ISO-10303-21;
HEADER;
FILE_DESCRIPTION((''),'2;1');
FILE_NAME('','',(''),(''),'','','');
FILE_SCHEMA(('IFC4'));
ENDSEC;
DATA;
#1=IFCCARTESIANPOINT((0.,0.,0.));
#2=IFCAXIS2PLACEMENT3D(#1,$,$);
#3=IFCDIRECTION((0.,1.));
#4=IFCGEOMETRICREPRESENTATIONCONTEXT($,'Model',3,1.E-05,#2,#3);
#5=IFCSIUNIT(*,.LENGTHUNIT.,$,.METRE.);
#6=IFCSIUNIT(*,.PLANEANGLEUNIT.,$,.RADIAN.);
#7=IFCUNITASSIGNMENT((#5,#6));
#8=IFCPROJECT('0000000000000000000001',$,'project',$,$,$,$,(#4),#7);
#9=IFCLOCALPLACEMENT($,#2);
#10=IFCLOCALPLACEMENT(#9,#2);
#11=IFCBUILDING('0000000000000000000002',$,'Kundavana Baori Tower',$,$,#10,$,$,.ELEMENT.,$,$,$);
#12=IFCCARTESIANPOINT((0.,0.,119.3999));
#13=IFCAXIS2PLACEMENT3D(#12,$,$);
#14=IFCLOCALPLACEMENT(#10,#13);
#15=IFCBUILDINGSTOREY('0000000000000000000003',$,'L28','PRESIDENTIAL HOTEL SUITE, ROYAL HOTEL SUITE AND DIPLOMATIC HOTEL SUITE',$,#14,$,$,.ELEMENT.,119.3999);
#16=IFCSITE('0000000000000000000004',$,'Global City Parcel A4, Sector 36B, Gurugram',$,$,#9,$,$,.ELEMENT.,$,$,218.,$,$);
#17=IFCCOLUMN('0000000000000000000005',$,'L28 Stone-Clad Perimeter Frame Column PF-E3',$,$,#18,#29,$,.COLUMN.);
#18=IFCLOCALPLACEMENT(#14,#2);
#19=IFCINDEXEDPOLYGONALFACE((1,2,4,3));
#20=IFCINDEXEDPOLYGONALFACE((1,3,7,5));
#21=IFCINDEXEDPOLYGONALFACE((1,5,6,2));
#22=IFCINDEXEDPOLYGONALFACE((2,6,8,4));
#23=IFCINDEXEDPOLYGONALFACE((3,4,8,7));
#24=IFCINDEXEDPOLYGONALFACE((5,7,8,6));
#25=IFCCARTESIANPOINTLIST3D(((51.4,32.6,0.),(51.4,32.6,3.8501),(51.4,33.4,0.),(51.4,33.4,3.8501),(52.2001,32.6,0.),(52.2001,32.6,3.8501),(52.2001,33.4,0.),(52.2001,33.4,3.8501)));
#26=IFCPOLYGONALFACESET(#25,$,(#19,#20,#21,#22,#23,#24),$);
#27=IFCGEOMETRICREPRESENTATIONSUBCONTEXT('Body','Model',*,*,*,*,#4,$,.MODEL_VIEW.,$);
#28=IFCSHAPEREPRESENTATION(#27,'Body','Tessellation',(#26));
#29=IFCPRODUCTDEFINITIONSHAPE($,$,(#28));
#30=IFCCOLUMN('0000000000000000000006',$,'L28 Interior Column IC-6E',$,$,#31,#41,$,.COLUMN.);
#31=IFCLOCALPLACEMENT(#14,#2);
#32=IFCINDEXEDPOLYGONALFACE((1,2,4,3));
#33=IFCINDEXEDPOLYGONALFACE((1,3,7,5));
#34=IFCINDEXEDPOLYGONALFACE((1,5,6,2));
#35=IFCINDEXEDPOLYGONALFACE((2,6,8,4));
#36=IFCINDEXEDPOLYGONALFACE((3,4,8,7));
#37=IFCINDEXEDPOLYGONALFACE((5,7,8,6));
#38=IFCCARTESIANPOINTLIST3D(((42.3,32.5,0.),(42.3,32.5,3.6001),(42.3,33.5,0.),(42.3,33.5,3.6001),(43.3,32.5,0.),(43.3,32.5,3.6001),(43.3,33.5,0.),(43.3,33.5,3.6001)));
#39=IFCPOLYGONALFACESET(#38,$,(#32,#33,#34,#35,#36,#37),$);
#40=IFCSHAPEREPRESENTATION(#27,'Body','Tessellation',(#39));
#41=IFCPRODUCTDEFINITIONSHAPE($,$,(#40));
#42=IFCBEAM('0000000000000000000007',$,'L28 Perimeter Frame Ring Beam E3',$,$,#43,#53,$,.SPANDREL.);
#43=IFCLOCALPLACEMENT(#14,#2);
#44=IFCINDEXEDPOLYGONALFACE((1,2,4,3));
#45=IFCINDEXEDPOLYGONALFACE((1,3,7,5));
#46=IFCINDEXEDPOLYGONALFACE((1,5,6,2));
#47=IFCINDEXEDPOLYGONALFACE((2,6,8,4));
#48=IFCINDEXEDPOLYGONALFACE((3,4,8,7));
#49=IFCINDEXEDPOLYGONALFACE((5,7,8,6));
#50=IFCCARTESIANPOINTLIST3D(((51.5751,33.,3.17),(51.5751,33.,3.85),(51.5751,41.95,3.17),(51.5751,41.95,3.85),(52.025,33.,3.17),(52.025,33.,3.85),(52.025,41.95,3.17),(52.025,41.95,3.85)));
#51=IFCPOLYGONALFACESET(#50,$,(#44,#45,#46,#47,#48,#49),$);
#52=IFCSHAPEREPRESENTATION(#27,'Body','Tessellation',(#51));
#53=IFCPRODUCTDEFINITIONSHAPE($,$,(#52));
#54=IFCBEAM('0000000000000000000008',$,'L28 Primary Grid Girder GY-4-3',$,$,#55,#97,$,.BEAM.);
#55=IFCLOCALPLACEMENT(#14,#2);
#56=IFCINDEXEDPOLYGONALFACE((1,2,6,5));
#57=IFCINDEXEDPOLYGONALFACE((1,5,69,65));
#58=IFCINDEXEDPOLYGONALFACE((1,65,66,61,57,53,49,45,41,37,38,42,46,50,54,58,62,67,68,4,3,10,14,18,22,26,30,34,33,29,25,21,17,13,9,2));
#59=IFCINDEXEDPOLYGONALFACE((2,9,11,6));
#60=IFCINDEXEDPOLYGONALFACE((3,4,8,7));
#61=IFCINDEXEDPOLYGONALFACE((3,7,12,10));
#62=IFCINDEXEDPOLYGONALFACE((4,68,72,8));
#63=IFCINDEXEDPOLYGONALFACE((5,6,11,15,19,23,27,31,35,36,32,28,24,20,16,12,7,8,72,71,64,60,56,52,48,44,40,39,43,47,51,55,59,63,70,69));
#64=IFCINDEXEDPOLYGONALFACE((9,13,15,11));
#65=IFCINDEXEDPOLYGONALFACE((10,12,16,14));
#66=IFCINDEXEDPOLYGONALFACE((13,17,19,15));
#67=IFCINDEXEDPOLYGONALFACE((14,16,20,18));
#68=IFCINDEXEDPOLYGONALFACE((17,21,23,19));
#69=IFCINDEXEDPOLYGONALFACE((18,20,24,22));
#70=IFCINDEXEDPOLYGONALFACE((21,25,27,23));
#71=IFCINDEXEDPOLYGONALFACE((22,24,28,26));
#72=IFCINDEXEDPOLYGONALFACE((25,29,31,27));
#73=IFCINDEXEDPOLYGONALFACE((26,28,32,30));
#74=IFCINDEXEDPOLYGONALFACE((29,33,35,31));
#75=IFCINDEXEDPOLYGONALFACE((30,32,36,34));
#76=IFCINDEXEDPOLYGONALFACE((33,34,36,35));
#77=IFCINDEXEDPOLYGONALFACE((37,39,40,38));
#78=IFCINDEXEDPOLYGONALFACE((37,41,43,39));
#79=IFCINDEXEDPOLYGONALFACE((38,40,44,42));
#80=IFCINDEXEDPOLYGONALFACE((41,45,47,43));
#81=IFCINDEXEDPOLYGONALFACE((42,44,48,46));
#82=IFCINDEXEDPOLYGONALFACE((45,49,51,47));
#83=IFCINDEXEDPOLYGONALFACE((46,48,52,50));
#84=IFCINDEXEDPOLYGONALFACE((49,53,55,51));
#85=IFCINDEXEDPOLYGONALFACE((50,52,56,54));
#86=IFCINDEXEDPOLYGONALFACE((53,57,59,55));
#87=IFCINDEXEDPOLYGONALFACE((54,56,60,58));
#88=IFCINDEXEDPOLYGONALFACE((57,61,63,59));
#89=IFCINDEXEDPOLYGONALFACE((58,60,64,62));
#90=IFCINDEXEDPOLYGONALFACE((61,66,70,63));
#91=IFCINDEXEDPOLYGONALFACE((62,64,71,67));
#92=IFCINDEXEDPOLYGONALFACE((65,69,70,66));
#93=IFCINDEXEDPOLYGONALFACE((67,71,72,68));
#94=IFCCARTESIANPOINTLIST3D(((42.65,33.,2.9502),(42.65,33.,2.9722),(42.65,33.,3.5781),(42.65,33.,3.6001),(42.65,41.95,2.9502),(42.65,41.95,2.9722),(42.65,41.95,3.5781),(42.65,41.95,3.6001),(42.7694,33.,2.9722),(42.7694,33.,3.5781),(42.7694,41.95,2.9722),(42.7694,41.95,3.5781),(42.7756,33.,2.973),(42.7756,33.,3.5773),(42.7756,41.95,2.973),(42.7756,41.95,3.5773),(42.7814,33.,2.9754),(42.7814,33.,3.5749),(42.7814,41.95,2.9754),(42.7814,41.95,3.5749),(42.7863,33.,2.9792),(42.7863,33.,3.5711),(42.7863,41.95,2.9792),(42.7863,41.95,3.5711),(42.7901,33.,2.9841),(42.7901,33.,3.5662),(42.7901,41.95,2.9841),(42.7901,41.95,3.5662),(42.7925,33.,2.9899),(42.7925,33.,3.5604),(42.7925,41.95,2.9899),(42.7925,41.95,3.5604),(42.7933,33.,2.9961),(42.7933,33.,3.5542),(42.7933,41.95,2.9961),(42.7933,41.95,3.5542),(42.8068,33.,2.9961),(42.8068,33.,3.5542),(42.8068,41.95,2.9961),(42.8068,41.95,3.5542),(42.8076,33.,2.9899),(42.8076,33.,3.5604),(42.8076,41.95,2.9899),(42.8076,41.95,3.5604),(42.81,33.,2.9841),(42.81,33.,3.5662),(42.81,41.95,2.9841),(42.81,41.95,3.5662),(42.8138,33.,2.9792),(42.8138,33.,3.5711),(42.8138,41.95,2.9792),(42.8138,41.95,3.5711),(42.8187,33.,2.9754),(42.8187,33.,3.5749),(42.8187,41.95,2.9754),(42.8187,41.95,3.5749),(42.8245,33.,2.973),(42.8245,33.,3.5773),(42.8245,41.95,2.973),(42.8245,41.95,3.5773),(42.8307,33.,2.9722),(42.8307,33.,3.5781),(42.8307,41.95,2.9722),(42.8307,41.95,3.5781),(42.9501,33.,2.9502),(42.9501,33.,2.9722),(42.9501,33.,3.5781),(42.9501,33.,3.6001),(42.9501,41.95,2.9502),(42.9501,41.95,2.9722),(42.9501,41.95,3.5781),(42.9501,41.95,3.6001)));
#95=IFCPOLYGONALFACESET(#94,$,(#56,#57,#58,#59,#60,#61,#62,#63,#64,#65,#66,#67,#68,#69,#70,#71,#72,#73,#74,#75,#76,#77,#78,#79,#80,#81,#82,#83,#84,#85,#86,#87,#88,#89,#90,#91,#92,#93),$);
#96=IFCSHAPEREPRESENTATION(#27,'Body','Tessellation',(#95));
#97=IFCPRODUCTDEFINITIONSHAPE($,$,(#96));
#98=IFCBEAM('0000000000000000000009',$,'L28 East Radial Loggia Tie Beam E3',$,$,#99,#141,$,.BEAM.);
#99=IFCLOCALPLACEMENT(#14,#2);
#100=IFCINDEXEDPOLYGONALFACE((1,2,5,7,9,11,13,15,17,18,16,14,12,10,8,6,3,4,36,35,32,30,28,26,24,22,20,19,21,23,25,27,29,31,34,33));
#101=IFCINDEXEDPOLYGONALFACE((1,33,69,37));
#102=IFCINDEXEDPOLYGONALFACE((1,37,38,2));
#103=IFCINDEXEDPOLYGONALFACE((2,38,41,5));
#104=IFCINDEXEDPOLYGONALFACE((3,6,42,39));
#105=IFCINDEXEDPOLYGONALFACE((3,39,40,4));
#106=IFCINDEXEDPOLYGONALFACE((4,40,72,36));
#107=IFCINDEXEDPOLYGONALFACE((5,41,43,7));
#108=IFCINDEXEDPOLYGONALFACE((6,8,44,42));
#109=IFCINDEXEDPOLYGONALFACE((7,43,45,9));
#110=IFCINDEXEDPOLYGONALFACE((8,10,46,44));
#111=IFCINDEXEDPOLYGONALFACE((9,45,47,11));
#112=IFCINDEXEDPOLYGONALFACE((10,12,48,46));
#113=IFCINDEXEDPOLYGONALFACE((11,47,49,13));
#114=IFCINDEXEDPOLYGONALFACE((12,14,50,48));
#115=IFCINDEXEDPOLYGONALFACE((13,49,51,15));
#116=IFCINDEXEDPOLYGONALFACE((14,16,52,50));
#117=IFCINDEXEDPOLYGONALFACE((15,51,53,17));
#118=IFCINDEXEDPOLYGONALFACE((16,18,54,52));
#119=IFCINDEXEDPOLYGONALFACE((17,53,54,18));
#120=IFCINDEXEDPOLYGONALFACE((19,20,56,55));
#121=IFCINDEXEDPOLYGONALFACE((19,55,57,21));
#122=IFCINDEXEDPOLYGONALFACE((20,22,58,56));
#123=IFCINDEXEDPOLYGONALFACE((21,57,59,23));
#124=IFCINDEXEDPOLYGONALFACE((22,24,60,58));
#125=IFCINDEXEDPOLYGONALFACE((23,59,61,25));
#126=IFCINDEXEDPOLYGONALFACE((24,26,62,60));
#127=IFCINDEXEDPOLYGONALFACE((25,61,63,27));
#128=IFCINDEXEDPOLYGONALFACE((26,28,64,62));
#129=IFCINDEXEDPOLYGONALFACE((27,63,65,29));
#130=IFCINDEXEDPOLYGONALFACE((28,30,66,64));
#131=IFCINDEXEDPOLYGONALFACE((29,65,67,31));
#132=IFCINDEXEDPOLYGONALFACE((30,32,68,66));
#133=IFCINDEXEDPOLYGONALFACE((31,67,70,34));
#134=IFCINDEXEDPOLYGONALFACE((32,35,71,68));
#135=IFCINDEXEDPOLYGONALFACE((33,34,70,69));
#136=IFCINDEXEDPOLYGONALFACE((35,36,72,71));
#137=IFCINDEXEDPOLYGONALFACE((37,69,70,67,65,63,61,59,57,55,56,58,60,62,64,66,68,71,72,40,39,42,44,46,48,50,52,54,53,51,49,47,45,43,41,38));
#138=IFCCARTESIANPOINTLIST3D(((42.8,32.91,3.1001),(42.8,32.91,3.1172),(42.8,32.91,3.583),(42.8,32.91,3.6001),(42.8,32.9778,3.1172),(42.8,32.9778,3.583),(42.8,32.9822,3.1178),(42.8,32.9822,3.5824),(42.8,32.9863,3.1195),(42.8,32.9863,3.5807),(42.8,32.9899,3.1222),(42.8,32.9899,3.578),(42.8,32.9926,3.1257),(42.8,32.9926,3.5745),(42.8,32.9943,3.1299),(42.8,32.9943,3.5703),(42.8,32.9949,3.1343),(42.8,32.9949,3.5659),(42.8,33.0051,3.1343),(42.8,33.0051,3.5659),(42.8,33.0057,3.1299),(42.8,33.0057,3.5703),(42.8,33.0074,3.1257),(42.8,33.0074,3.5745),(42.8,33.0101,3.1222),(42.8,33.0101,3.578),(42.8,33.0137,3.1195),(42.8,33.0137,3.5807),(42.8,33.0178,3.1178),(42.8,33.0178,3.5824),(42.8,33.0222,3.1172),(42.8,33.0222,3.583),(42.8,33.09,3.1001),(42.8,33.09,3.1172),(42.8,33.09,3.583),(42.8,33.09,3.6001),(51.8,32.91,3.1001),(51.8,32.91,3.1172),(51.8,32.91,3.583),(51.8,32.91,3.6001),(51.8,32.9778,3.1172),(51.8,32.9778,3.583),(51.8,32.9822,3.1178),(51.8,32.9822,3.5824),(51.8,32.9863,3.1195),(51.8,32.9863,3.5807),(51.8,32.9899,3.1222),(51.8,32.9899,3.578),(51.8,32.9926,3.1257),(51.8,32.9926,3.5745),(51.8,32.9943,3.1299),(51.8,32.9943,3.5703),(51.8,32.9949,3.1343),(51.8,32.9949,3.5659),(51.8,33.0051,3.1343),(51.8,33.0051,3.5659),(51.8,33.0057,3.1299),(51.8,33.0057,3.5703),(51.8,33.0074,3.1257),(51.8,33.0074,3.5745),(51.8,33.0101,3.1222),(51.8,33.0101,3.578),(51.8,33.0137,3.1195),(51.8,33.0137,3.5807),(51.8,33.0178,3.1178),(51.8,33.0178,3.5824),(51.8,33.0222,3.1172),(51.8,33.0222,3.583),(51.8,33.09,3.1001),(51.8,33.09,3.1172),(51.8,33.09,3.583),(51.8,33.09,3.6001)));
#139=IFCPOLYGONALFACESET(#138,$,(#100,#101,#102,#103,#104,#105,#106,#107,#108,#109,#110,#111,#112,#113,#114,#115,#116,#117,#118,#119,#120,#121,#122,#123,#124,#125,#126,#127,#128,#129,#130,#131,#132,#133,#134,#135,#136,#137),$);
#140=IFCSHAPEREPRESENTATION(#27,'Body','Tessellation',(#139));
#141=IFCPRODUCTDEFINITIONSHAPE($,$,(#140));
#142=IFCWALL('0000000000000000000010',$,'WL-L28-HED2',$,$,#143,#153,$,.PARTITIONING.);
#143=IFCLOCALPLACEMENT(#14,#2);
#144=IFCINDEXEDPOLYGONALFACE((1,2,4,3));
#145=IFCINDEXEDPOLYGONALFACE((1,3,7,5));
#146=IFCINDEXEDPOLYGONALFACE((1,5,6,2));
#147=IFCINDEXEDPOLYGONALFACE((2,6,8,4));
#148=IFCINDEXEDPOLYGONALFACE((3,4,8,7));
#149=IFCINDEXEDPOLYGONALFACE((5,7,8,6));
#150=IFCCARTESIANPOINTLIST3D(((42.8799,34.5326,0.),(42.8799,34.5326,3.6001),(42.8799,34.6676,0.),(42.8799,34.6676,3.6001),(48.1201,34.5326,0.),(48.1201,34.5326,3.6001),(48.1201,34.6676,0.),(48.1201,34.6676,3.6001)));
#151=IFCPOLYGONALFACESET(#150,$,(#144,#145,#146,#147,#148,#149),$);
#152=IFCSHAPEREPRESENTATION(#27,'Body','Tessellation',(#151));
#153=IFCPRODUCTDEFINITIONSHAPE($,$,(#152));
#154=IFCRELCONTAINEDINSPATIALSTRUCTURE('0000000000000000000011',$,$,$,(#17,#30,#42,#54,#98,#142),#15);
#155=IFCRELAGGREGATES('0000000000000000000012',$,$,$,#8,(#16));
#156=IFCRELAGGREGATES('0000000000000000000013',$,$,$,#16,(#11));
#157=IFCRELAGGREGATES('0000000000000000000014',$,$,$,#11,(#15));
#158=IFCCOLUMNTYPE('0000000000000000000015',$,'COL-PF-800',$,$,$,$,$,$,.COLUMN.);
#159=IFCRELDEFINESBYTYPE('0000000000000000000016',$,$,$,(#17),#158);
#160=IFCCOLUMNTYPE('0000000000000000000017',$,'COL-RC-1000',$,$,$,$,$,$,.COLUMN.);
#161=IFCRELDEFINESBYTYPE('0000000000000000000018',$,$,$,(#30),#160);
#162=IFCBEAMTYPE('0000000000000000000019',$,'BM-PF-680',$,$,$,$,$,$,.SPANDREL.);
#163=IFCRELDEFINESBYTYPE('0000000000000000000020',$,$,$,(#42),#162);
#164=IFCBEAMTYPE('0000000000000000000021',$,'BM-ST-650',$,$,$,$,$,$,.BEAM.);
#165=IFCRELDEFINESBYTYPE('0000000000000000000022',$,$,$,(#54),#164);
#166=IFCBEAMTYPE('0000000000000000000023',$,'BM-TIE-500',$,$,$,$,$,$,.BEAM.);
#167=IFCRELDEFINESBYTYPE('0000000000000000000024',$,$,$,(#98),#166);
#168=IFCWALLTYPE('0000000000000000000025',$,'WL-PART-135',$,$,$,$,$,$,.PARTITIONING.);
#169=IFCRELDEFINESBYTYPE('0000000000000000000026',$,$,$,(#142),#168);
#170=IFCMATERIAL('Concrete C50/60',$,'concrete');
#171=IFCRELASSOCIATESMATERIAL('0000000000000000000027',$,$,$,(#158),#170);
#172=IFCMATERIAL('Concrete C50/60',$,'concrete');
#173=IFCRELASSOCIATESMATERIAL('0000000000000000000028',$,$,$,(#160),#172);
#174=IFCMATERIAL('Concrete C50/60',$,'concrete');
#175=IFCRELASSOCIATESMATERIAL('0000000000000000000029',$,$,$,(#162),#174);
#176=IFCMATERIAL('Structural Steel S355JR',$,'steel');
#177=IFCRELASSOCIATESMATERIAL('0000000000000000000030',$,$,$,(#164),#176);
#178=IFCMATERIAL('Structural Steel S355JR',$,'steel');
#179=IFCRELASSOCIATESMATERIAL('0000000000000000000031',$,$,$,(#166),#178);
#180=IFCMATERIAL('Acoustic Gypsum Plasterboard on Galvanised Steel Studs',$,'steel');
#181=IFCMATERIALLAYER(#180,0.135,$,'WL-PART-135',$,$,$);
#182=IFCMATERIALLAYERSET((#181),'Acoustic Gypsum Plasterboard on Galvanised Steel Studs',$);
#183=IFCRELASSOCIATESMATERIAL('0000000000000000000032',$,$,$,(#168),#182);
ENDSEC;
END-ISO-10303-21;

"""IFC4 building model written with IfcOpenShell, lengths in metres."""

from ifc_helpers import new_model, si_unit, direction, frame, frame_2d, origin, origin_2d, place, context, subcontext, project, spatial, rectangle, i_section, extrude, material, layer, layer_set, material_profile, profile_set, type_object, element, save


model = new_model("IFC4")

# Units and contexts
model_context = context("Model", 3, precision=1e-05, world=origin(), true_north=direction((0.0, 1.0)))
body_context = subcontext(model_context, "Body", "Model", "MODEL_VIEW")
ifc_project = project(units=[si_unit("LENGTHUNIT", "METRE"), si_unit("PLANEANGLEUNIT", "RADIAN")], contexts=[model_context])

# Site, building, storey
site_placement = place(None, origin())
site = spatial("IfcSite", under=ifc_project, at=site_placement, Name="Global City Parcel A4, Sector 36B, Gurugram", CompositionType="ELEMENT", RefElevation=218.0)
building_placement = place(site_placement, origin())
building = spatial("IfcBuilding", under=site, at=building_placement, Name="Kundavana Baori Tower", CompositionType="ELEMENT")
storey_placement = place(building_placement, frame((0.0, 0.0, 119.3999)))
storey = spatial("IfcBuildingStorey", under=building, at=storey_placement, Name="L28", Description="PRESIDENTIAL HOTEL SUITE, ROYAL HOTEL SUITE AND DIPLOMATIC HOTEL SUITE", CompositionType="ELEMENT", Elevation=119.3999)

# Columns
ifc_material_1 = material(Name="Concrete C50/60", Category="concrete")
ifc_material_profile_1 = material_profile(ifc_material_1, rectangle(XDim=0.8, YDim=0.8, at=origin_2d()), Name="RC PF 800x800")
ifc_profile_set_1 = profile_set([ifc_material_profile_1], Name="Concrete C50/60")
column_type_1 = type_object("IfcColumnType", Name="COL-PF-800", PredefinedType="COLUMN", material=ifc_profile_set_1)
column_1_placement = place(storey_placement, frame((51.8, 33.0, 0.0), z_axis=(0.0, 0.0, 1.0), x_axis=(1.0, 0.0, 0.0)))
element("IfcColumn", 1, at=column_1_placement, inside=storey, type_object=column_type_1, Name="L28 Stone-Clad Perimeter Frame Column PF-E3", PredefinedType="COLUMN", context=body_context, shape_type="SweptSolid", body=[
    extrude(rectangle(XDim=0.8, YDim=0.8, at=origin_2d()), origin(), (0.0, 0.0, 1.0), 3.8501),
])
ifc_material_2 = material(Name="Concrete C50/60", Category="concrete")
ifc_material_profile_2 = material_profile(ifc_material_2, rectangle(XDim=1.0, YDim=1.0, at=origin_2d()), Name="RC 1000x1000")
ifc_profile_set_2 = profile_set([ifc_material_profile_2], Name="Concrete C50/60")
column_type_2 = type_object("IfcColumnType", Name="COL-RC-1000", PredefinedType="COLUMN", material=ifc_profile_set_2)
column_2_placement = place(storey_placement, frame((42.8, 33.0, 0.0), z_axis=(0.0, 0.0, 1.0), x_axis=(1.0, 0.0, 0.0)))
element("IfcColumn", 2, at=column_2_placement, inside=storey, type_object=column_type_2, Name="L28 Interior Column IC-6E", PredefinedType="COLUMN", context=body_context, shape_type="SweptSolid", body=[
    extrude(rectangle(XDim=1.0, YDim=1.0, at=origin_2d()), origin(), (0.0, 0.0, 1.0), 3.6001),
])

# Beams
ifc_material_3 = material(Name="Concrete C50/60", Category="concrete")
ifc_material_profile_3 = material_profile(ifc_material_3, rectangle(XDim=0.45, YDim=0.6799, at=origin_2d()), Name="RC BM 450x680")
ifc_profile_set_3 = profile_set([ifc_material_profile_3], Name="Concrete C50/60")
beam_type_1 = type_object("IfcBeamType", Name="BM-PF-680", PredefinedType="SPANDREL", material=ifc_profile_set_3)
beam_1_placement = place(storey_placement, frame((51.8, 33.0, 3.51), z_axis=(0.0, 1.0, 0.0), x_axis=(-1.0, 0.0, 0.0)))
element("IfcBeam", 3, at=beam_1_placement, inside=storey, type_object=beam_type_1, Name="L28 Perimeter Frame Ring Beam E3", PredefinedType="SPANDREL", context=body_context, shape_type="SweptSolid", body=[
    extrude(rectangle(XDim=0.45, YDim=0.6799, at=origin_2d()), origin(), (0.0, 0.0, 1.0), 8.95),
])
ifc_material_4 = material(Name="Structural Steel S355JR", Category="steel")
ifc_material_profile_4 = material_profile(ifc_material_4, i_section(OverallWidth=0.3, OverallDepth=0.6499, WebThickness=0.0134, FlangeThickness=0.022, FilletRadius=0.0239, at=origin_2d()), Name="NPB 650x300x155")
ifc_profile_set_4 = profile_set([ifc_material_profile_4], Name="Structural Steel S355JR")
beam_type_2 = type_object("IfcBeamType", Name="BM-ST-650", PredefinedType="BEAM", material=ifc_profile_set_4)
beam_2_placement = place(storey_placement, frame((42.8, 33.0, 3.2751), z_axis=(0.0, 1.0, 0.0), x_axis=(-1.0, 0.0, 0.0)))
element("IfcBeam", 4, at=beam_2_placement, inside=storey, type_object=beam_type_2, Name="L28 Primary Grid Girder GY-4-3", PredefinedType="BEAM", context=body_context, shape_type="SweptSolid", body=[
    extrude(i_section(OverallWidth=0.3, OverallDepth=0.6499, WebThickness=0.0134, FlangeThickness=0.022, FilletRadius=0.0239, at=origin_2d()), origin(), (0.0, 0.0, 1.0), 8.95),
])
ifc_material_5 = material(Name="Structural Steel S355JR", Category="steel")
ifc_material_profile_5 = material_profile(ifc_material_5, i_section(OverallWidth=0.1799, OverallDepth=0.5, WebThickness=0.0103, FlangeThickness=0.0171, FilletRadius=0.0171, at=origin_2d()), Name="ISMB 500")
ifc_profile_set_5 = profile_set([ifc_material_profile_5], Name="Structural Steel S355JR")
beam_type_3 = type_object("IfcBeamType", Name="BM-TIE-500", PredefinedType="BEAM", material=ifc_profile_set_5)
beam_3_placement = place(storey_placement, frame((42.8, 33.0, 3.3501), z_axis=(1.0, 0.0, 0.0), x_axis=(0.0, 1.0, 0.0)))
element("IfcBeam", 5, at=beam_3_placement, inside=storey, type_object=beam_type_3, Name="L28 East Radial Loggia Tie Beam E3", PredefinedType="BEAM", context=body_context, shape_type="SweptSolid", body=[
    extrude(i_section(OverallWidth=0.1799, OverallDepth=0.5, WebThickness=0.0103, FlangeThickness=0.0171, FilletRadius=0.0171, at=origin_2d()), origin(), (0.0, 0.0, 1.0), 9.0),
])

# Wall
ifc_material_6 = material(Name="Acoustic Gypsum Plasterboard on Galvanised Steel Studs", Category="steel")
ifc_layer_1 = layer(ifc_material_6, 0.135, Name="WL-PART-135")
ifc_layer_set_1 = layer_set([ifc_layer_1], Name="Acoustic Gypsum Plasterboard on Galvanised Steel Studs")
wall_type_1 = type_object("IfcWallType", Name="WL-PART-135", PredefinedType="PARTITIONING", material=ifc_layer_set_1)
wall_1_placement = place(storey_placement, frame((42.8799, 34.6001, 0.0), z_axis=(0.0, 0.0, 1.0), x_axis=(1.0, 0.0, 0.0)))
element("IfcWall", 6, at=wall_1_placement, inside=storey, type_object=wall_type_1, Name="WL-L28-HED2", PredefinedType="PARTITIONING", context=body_context, shape_type="SweptSolid", body=[
    extrude(rectangle(XDim=5.2402, YDim=0.135, at=frame_2d((2.6201, 0.0))), origin(), (0.0, 0.0, 1.0), 3.6001),
])

save(model, "model.ifc")
